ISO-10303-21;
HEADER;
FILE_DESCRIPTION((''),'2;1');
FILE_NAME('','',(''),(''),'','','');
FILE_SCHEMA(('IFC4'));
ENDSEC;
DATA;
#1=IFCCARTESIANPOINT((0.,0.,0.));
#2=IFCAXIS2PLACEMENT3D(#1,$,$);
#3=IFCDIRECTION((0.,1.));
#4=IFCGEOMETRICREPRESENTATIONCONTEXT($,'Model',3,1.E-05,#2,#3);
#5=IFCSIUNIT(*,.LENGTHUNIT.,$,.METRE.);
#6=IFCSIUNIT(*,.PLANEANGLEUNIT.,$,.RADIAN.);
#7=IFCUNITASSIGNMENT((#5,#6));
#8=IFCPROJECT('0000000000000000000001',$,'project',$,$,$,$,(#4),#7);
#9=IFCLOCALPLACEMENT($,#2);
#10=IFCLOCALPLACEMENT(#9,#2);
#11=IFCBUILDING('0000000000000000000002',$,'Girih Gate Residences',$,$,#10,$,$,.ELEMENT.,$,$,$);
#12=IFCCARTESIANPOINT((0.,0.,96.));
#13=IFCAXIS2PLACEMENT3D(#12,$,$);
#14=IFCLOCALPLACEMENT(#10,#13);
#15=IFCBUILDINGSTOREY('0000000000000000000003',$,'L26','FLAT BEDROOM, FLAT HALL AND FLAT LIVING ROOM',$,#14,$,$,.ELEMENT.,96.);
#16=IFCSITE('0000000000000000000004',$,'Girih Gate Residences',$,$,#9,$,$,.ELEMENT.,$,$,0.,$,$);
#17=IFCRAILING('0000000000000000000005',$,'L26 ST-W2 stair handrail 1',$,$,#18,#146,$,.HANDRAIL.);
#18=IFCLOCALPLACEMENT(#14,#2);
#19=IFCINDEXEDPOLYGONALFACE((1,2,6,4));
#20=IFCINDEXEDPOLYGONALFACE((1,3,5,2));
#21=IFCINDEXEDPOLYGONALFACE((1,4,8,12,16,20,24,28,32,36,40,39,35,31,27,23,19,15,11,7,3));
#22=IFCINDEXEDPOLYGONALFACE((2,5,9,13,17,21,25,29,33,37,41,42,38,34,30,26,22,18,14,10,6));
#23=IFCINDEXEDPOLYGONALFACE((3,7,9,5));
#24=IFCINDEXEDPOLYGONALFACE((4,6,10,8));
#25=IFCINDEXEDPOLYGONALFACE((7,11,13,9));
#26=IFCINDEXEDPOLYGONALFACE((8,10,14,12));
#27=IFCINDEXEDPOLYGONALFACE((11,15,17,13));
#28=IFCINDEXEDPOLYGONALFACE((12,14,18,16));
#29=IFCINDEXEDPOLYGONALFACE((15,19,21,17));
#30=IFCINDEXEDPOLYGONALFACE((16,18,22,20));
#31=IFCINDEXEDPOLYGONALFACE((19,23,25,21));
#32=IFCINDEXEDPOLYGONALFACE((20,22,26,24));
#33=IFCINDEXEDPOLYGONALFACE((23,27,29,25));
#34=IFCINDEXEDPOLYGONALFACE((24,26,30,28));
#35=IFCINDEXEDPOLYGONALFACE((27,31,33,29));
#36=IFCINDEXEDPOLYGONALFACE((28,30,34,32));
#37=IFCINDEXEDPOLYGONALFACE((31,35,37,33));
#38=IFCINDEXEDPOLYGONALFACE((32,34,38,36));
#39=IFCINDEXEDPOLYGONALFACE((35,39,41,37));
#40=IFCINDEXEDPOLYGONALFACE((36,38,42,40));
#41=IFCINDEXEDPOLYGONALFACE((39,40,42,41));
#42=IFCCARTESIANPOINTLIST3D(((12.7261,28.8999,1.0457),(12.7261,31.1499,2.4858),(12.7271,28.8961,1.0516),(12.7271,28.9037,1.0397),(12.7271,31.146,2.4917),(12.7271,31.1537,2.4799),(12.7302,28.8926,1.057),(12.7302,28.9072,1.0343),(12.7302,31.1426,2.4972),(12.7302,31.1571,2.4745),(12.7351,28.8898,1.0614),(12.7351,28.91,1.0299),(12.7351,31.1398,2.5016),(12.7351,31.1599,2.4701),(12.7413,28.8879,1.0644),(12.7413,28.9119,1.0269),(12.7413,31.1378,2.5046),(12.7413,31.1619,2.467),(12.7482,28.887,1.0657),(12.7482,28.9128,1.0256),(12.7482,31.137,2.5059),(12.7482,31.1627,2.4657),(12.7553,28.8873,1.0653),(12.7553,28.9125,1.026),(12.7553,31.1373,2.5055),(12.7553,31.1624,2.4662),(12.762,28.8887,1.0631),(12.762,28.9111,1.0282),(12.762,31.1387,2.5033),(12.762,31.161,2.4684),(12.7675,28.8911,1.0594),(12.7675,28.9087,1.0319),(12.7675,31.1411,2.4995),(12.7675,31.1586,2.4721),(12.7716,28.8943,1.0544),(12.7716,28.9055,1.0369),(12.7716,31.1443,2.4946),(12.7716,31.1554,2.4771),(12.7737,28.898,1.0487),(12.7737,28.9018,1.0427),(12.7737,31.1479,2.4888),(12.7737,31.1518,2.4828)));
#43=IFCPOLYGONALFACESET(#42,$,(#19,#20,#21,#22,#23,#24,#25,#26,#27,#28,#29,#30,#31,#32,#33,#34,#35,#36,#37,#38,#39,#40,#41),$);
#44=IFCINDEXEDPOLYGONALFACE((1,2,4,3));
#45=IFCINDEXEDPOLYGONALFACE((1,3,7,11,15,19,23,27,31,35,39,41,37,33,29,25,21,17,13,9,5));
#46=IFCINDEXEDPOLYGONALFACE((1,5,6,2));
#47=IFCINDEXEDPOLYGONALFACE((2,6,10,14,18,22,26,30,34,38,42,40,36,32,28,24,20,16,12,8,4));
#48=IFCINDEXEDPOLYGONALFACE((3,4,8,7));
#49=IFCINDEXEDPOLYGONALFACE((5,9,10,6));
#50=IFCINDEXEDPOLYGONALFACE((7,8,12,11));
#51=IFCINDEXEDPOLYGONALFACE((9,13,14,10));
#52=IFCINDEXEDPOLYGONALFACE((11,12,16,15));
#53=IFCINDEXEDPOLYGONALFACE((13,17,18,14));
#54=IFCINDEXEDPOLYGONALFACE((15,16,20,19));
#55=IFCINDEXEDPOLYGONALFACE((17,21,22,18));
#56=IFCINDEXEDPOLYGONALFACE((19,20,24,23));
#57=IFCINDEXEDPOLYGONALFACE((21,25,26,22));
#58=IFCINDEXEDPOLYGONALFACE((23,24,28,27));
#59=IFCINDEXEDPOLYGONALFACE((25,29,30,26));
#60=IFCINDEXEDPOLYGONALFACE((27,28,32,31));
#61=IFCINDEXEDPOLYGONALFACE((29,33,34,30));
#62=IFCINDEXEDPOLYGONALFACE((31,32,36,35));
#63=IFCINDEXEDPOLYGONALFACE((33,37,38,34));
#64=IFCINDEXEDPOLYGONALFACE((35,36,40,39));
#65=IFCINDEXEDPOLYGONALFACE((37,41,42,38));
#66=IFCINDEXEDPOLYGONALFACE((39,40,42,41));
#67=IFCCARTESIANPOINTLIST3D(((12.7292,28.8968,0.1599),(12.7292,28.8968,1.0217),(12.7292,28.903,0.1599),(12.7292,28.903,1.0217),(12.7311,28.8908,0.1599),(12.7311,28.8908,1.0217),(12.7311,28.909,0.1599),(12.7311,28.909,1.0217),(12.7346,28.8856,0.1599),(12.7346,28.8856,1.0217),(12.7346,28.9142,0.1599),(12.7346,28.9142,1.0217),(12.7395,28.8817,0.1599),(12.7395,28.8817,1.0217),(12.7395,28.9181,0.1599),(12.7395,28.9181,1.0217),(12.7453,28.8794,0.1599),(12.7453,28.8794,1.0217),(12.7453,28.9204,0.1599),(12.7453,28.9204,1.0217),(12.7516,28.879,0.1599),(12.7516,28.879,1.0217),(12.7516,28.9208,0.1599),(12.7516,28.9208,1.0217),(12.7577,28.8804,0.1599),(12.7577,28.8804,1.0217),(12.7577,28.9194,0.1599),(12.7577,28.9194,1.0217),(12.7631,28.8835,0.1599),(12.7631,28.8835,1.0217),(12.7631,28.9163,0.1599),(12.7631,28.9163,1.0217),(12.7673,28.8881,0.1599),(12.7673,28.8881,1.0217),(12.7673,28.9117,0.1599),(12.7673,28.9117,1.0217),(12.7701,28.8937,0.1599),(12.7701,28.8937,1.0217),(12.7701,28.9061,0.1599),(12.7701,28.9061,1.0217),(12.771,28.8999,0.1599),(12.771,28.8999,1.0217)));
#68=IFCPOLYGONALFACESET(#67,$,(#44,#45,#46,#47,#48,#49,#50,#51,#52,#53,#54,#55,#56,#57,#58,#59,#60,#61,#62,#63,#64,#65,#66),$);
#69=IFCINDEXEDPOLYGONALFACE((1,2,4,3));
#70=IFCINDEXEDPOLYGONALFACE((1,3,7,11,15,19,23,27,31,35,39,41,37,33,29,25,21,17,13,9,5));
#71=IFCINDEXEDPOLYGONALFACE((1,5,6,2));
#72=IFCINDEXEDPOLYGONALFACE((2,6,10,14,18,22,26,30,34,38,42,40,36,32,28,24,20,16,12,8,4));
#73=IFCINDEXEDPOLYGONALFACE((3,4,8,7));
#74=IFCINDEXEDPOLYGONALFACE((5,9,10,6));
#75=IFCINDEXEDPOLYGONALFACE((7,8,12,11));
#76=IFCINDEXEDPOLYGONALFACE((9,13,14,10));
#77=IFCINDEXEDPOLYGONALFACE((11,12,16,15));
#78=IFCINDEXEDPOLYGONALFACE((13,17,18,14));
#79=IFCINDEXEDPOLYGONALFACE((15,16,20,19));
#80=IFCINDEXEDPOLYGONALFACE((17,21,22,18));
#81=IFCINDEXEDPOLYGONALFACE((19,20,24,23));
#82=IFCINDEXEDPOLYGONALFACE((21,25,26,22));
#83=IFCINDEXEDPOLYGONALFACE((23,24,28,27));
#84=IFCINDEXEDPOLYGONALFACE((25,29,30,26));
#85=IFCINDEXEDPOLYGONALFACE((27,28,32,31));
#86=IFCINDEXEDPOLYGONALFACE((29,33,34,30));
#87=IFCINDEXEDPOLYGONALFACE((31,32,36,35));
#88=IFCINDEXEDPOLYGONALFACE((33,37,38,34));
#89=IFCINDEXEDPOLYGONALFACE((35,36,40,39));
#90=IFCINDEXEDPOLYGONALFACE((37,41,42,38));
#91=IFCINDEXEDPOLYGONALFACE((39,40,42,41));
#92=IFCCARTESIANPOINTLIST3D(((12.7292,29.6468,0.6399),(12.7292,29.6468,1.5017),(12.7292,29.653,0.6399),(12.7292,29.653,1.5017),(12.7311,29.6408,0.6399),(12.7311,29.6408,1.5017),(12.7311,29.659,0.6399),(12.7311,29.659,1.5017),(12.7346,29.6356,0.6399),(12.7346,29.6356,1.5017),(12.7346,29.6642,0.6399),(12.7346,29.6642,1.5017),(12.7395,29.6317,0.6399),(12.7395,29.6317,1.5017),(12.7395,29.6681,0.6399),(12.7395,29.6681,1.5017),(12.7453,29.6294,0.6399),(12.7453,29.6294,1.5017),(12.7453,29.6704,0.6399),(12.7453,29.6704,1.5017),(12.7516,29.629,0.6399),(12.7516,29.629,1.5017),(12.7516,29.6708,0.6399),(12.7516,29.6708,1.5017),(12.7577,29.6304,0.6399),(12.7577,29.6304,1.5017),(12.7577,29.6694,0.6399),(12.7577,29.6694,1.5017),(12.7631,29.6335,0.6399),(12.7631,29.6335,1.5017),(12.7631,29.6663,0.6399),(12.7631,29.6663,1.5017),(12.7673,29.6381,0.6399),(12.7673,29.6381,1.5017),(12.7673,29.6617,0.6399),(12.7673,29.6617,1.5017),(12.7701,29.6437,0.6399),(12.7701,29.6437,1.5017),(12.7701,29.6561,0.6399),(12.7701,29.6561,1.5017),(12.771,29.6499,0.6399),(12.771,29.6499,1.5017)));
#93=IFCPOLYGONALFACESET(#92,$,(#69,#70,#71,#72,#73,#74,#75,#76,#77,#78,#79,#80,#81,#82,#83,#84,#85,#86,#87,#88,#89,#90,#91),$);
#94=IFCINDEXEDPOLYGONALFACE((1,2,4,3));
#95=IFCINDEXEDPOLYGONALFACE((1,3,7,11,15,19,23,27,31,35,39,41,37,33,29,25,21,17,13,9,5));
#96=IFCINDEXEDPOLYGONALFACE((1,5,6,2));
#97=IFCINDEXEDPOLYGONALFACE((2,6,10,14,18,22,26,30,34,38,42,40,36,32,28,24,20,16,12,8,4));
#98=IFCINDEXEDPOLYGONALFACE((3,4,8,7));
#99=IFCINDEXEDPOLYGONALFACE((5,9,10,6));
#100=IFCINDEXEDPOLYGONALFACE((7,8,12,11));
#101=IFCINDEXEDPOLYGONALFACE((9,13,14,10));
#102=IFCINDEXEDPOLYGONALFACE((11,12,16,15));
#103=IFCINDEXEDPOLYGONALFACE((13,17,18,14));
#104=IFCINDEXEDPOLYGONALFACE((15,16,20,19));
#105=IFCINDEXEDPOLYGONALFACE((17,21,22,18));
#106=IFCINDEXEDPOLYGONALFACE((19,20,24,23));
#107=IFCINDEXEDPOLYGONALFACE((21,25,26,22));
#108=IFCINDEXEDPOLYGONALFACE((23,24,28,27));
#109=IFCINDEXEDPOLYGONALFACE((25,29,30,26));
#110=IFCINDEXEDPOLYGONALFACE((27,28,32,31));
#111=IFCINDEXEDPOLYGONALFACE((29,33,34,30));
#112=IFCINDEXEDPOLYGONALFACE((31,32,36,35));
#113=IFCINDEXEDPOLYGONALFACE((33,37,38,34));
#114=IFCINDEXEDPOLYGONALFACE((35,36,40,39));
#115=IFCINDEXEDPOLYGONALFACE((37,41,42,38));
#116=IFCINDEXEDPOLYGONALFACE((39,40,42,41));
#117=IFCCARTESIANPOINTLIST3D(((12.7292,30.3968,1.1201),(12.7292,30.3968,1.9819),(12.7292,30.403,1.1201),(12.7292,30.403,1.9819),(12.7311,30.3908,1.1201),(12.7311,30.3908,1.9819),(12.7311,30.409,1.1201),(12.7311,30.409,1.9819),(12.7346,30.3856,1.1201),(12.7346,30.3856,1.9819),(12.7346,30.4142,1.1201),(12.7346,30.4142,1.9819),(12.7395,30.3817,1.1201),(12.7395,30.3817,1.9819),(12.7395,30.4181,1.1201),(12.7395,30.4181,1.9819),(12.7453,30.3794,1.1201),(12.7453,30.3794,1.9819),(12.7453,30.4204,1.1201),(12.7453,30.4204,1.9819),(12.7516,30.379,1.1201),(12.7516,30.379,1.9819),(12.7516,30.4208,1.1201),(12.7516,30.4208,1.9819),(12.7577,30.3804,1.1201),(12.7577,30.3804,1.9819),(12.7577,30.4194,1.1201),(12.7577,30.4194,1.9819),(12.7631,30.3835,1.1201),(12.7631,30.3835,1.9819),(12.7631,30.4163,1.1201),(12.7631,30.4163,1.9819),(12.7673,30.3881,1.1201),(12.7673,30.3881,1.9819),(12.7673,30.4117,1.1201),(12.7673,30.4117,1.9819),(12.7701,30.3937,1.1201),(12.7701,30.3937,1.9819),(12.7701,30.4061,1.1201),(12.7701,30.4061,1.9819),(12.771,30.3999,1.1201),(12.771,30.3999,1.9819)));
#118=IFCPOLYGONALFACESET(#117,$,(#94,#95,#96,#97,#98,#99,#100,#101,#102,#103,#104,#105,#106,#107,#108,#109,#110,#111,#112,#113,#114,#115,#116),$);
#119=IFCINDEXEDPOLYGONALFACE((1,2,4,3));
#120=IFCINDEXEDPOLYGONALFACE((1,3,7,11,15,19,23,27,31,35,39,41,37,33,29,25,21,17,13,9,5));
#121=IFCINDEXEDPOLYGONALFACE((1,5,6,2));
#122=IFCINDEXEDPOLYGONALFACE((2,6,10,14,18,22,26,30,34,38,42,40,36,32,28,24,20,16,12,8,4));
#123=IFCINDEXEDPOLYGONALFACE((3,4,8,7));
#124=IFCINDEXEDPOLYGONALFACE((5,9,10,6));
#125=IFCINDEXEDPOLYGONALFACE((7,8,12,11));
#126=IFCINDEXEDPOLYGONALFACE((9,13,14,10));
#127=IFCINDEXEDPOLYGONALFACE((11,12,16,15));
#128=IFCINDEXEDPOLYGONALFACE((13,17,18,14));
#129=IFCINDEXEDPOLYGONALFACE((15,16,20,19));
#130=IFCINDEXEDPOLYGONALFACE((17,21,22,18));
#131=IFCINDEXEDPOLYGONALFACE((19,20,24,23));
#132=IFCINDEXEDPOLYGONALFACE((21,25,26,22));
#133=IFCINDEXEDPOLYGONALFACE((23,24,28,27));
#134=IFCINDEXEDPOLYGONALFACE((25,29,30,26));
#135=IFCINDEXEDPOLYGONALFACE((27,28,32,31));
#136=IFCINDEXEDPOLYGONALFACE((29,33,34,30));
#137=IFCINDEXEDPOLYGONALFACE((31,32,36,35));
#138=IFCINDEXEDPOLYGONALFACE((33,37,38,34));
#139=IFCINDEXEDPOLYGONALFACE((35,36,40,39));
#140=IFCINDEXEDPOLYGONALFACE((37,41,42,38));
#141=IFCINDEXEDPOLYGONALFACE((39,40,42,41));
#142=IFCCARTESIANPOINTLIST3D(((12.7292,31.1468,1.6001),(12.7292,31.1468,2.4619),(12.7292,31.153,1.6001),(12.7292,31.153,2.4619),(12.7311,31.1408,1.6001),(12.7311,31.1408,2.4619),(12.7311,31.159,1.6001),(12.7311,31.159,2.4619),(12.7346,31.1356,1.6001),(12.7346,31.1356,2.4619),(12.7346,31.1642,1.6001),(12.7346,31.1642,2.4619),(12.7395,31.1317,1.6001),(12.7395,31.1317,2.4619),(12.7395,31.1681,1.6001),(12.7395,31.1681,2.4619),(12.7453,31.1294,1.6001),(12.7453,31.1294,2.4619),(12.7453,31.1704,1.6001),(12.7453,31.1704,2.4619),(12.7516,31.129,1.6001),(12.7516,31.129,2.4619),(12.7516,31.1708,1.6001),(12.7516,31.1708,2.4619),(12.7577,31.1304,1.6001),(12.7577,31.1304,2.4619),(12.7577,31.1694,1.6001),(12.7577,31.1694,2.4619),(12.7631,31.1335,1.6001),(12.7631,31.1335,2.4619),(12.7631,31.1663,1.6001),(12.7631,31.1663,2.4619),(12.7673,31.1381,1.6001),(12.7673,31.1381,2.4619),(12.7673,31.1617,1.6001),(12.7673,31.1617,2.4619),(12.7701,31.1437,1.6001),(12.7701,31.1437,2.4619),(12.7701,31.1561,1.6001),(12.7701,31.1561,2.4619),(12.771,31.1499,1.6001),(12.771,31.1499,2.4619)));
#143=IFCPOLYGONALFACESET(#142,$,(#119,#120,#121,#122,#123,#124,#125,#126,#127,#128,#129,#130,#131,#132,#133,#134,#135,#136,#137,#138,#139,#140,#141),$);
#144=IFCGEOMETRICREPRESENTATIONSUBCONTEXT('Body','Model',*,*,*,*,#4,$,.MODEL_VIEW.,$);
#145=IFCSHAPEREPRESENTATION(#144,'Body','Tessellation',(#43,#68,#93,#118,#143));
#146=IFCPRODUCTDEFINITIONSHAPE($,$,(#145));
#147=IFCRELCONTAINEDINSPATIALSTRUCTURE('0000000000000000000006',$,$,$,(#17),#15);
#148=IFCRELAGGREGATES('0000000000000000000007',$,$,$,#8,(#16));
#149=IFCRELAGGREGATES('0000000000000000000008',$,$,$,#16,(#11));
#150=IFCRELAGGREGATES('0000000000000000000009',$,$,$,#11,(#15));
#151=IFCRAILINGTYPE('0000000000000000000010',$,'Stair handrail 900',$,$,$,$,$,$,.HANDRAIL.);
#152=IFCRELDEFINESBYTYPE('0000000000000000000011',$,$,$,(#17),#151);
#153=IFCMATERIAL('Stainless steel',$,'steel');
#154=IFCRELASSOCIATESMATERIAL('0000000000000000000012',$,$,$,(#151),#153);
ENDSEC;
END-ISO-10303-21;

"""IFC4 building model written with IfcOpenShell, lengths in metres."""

from ifc_helpers import new_model, si_unit, direction, frame, origin, origin_2d, place, context, subcontext, project, spatial, circle, extrude, material, type_object, element, save


model = new_model("IFC4")

# Units and contexts
model_context = context("Model", 3, precision=1e-05, world=origin(), true_north=direction((0.0, 1.0)))
body_context = subcontext(model_context, "Body", "Model", "MODEL_VIEW")
ifc_project = project(units=[si_unit("LENGTHUNIT", "METRE"), si_unit("PLANEANGLEUNIT", "RADIAN")], contexts=[model_context])

# Site, building, storey
site_placement = place(None, origin())
site = spatial("IfcSite", under=ifc_project, at=site_placement, Name="Girih Gate Residences", CompositionType="ELEMENT", RefElevation=0.0)
building_placement = place(site_placement, origin())
building = spatial("IfcBuilding", under=site, at=building_placement, Name="Girih Gate Residences", CompositionType="ELEMENT")
storey_placement = place(building_placement, frame((0.0, 0.0, 96.0)))
storey = spatial("IfcBuildingStorey", under=building, at=storey_placement, Name="L26", Description="FLAT BEDROOM, FLAT HALL AND FLAT LIVING ROOM", CompositionType="ELEMENT", Elevation=96.0)

# Railing
ifc_material_1 = material(Name="Stainless steel", Category="steel")
railing_type_1 = type_object("IfcRailingType", Name="Stair handrail 900", PredefinedType="HANDRAIL", material=ifc_material_1)
railing_1_placement = place(storey_placement, frame((12.75, 28.8999, 0.1599)))
element("IfcRailing", 1, at=railing_1_placement, inside=storey, type_object=railing_type_1, Name="L26 ST-W2 stair handrail 1", PredefinedType="HANDRAIL", context=body_context, shape_type="SweptSolid", body=[
    extrude(circle(Radius=0.0239, at=origin_2d()), frame((0.0, 0.0, 0.8857), z_axis=(0.0, 0.84224, 0.539103), x_axis=(-1.0, 0.0, 0.0)), (0.0, 0.0, 1.0), 2.6714),
    extrude(circle(Radius=0.021, at=origin_2d()), origin(), (0.0, 0.0, 1.0), 0.8618),
    extrude(circle(Radius=0.021, at=origin_2d()), frame((0.0, 0.75, 0.48)), (0.0, 0.0, 1.0), 0.8618),
    extrude(circle(Radius=0.021, at=origin_2d()), frame((0.0, 1.5, 0.9602)), (0.0, 0.0, 1.0), 0.8618),
    extrude(circle(Radius=0.021, at=origin_2d()), frame((0.0, 2.25, 1.4402)), (0.0, 0.0, 1.0), 0.8618),
])

save(model, "model.ifc")
